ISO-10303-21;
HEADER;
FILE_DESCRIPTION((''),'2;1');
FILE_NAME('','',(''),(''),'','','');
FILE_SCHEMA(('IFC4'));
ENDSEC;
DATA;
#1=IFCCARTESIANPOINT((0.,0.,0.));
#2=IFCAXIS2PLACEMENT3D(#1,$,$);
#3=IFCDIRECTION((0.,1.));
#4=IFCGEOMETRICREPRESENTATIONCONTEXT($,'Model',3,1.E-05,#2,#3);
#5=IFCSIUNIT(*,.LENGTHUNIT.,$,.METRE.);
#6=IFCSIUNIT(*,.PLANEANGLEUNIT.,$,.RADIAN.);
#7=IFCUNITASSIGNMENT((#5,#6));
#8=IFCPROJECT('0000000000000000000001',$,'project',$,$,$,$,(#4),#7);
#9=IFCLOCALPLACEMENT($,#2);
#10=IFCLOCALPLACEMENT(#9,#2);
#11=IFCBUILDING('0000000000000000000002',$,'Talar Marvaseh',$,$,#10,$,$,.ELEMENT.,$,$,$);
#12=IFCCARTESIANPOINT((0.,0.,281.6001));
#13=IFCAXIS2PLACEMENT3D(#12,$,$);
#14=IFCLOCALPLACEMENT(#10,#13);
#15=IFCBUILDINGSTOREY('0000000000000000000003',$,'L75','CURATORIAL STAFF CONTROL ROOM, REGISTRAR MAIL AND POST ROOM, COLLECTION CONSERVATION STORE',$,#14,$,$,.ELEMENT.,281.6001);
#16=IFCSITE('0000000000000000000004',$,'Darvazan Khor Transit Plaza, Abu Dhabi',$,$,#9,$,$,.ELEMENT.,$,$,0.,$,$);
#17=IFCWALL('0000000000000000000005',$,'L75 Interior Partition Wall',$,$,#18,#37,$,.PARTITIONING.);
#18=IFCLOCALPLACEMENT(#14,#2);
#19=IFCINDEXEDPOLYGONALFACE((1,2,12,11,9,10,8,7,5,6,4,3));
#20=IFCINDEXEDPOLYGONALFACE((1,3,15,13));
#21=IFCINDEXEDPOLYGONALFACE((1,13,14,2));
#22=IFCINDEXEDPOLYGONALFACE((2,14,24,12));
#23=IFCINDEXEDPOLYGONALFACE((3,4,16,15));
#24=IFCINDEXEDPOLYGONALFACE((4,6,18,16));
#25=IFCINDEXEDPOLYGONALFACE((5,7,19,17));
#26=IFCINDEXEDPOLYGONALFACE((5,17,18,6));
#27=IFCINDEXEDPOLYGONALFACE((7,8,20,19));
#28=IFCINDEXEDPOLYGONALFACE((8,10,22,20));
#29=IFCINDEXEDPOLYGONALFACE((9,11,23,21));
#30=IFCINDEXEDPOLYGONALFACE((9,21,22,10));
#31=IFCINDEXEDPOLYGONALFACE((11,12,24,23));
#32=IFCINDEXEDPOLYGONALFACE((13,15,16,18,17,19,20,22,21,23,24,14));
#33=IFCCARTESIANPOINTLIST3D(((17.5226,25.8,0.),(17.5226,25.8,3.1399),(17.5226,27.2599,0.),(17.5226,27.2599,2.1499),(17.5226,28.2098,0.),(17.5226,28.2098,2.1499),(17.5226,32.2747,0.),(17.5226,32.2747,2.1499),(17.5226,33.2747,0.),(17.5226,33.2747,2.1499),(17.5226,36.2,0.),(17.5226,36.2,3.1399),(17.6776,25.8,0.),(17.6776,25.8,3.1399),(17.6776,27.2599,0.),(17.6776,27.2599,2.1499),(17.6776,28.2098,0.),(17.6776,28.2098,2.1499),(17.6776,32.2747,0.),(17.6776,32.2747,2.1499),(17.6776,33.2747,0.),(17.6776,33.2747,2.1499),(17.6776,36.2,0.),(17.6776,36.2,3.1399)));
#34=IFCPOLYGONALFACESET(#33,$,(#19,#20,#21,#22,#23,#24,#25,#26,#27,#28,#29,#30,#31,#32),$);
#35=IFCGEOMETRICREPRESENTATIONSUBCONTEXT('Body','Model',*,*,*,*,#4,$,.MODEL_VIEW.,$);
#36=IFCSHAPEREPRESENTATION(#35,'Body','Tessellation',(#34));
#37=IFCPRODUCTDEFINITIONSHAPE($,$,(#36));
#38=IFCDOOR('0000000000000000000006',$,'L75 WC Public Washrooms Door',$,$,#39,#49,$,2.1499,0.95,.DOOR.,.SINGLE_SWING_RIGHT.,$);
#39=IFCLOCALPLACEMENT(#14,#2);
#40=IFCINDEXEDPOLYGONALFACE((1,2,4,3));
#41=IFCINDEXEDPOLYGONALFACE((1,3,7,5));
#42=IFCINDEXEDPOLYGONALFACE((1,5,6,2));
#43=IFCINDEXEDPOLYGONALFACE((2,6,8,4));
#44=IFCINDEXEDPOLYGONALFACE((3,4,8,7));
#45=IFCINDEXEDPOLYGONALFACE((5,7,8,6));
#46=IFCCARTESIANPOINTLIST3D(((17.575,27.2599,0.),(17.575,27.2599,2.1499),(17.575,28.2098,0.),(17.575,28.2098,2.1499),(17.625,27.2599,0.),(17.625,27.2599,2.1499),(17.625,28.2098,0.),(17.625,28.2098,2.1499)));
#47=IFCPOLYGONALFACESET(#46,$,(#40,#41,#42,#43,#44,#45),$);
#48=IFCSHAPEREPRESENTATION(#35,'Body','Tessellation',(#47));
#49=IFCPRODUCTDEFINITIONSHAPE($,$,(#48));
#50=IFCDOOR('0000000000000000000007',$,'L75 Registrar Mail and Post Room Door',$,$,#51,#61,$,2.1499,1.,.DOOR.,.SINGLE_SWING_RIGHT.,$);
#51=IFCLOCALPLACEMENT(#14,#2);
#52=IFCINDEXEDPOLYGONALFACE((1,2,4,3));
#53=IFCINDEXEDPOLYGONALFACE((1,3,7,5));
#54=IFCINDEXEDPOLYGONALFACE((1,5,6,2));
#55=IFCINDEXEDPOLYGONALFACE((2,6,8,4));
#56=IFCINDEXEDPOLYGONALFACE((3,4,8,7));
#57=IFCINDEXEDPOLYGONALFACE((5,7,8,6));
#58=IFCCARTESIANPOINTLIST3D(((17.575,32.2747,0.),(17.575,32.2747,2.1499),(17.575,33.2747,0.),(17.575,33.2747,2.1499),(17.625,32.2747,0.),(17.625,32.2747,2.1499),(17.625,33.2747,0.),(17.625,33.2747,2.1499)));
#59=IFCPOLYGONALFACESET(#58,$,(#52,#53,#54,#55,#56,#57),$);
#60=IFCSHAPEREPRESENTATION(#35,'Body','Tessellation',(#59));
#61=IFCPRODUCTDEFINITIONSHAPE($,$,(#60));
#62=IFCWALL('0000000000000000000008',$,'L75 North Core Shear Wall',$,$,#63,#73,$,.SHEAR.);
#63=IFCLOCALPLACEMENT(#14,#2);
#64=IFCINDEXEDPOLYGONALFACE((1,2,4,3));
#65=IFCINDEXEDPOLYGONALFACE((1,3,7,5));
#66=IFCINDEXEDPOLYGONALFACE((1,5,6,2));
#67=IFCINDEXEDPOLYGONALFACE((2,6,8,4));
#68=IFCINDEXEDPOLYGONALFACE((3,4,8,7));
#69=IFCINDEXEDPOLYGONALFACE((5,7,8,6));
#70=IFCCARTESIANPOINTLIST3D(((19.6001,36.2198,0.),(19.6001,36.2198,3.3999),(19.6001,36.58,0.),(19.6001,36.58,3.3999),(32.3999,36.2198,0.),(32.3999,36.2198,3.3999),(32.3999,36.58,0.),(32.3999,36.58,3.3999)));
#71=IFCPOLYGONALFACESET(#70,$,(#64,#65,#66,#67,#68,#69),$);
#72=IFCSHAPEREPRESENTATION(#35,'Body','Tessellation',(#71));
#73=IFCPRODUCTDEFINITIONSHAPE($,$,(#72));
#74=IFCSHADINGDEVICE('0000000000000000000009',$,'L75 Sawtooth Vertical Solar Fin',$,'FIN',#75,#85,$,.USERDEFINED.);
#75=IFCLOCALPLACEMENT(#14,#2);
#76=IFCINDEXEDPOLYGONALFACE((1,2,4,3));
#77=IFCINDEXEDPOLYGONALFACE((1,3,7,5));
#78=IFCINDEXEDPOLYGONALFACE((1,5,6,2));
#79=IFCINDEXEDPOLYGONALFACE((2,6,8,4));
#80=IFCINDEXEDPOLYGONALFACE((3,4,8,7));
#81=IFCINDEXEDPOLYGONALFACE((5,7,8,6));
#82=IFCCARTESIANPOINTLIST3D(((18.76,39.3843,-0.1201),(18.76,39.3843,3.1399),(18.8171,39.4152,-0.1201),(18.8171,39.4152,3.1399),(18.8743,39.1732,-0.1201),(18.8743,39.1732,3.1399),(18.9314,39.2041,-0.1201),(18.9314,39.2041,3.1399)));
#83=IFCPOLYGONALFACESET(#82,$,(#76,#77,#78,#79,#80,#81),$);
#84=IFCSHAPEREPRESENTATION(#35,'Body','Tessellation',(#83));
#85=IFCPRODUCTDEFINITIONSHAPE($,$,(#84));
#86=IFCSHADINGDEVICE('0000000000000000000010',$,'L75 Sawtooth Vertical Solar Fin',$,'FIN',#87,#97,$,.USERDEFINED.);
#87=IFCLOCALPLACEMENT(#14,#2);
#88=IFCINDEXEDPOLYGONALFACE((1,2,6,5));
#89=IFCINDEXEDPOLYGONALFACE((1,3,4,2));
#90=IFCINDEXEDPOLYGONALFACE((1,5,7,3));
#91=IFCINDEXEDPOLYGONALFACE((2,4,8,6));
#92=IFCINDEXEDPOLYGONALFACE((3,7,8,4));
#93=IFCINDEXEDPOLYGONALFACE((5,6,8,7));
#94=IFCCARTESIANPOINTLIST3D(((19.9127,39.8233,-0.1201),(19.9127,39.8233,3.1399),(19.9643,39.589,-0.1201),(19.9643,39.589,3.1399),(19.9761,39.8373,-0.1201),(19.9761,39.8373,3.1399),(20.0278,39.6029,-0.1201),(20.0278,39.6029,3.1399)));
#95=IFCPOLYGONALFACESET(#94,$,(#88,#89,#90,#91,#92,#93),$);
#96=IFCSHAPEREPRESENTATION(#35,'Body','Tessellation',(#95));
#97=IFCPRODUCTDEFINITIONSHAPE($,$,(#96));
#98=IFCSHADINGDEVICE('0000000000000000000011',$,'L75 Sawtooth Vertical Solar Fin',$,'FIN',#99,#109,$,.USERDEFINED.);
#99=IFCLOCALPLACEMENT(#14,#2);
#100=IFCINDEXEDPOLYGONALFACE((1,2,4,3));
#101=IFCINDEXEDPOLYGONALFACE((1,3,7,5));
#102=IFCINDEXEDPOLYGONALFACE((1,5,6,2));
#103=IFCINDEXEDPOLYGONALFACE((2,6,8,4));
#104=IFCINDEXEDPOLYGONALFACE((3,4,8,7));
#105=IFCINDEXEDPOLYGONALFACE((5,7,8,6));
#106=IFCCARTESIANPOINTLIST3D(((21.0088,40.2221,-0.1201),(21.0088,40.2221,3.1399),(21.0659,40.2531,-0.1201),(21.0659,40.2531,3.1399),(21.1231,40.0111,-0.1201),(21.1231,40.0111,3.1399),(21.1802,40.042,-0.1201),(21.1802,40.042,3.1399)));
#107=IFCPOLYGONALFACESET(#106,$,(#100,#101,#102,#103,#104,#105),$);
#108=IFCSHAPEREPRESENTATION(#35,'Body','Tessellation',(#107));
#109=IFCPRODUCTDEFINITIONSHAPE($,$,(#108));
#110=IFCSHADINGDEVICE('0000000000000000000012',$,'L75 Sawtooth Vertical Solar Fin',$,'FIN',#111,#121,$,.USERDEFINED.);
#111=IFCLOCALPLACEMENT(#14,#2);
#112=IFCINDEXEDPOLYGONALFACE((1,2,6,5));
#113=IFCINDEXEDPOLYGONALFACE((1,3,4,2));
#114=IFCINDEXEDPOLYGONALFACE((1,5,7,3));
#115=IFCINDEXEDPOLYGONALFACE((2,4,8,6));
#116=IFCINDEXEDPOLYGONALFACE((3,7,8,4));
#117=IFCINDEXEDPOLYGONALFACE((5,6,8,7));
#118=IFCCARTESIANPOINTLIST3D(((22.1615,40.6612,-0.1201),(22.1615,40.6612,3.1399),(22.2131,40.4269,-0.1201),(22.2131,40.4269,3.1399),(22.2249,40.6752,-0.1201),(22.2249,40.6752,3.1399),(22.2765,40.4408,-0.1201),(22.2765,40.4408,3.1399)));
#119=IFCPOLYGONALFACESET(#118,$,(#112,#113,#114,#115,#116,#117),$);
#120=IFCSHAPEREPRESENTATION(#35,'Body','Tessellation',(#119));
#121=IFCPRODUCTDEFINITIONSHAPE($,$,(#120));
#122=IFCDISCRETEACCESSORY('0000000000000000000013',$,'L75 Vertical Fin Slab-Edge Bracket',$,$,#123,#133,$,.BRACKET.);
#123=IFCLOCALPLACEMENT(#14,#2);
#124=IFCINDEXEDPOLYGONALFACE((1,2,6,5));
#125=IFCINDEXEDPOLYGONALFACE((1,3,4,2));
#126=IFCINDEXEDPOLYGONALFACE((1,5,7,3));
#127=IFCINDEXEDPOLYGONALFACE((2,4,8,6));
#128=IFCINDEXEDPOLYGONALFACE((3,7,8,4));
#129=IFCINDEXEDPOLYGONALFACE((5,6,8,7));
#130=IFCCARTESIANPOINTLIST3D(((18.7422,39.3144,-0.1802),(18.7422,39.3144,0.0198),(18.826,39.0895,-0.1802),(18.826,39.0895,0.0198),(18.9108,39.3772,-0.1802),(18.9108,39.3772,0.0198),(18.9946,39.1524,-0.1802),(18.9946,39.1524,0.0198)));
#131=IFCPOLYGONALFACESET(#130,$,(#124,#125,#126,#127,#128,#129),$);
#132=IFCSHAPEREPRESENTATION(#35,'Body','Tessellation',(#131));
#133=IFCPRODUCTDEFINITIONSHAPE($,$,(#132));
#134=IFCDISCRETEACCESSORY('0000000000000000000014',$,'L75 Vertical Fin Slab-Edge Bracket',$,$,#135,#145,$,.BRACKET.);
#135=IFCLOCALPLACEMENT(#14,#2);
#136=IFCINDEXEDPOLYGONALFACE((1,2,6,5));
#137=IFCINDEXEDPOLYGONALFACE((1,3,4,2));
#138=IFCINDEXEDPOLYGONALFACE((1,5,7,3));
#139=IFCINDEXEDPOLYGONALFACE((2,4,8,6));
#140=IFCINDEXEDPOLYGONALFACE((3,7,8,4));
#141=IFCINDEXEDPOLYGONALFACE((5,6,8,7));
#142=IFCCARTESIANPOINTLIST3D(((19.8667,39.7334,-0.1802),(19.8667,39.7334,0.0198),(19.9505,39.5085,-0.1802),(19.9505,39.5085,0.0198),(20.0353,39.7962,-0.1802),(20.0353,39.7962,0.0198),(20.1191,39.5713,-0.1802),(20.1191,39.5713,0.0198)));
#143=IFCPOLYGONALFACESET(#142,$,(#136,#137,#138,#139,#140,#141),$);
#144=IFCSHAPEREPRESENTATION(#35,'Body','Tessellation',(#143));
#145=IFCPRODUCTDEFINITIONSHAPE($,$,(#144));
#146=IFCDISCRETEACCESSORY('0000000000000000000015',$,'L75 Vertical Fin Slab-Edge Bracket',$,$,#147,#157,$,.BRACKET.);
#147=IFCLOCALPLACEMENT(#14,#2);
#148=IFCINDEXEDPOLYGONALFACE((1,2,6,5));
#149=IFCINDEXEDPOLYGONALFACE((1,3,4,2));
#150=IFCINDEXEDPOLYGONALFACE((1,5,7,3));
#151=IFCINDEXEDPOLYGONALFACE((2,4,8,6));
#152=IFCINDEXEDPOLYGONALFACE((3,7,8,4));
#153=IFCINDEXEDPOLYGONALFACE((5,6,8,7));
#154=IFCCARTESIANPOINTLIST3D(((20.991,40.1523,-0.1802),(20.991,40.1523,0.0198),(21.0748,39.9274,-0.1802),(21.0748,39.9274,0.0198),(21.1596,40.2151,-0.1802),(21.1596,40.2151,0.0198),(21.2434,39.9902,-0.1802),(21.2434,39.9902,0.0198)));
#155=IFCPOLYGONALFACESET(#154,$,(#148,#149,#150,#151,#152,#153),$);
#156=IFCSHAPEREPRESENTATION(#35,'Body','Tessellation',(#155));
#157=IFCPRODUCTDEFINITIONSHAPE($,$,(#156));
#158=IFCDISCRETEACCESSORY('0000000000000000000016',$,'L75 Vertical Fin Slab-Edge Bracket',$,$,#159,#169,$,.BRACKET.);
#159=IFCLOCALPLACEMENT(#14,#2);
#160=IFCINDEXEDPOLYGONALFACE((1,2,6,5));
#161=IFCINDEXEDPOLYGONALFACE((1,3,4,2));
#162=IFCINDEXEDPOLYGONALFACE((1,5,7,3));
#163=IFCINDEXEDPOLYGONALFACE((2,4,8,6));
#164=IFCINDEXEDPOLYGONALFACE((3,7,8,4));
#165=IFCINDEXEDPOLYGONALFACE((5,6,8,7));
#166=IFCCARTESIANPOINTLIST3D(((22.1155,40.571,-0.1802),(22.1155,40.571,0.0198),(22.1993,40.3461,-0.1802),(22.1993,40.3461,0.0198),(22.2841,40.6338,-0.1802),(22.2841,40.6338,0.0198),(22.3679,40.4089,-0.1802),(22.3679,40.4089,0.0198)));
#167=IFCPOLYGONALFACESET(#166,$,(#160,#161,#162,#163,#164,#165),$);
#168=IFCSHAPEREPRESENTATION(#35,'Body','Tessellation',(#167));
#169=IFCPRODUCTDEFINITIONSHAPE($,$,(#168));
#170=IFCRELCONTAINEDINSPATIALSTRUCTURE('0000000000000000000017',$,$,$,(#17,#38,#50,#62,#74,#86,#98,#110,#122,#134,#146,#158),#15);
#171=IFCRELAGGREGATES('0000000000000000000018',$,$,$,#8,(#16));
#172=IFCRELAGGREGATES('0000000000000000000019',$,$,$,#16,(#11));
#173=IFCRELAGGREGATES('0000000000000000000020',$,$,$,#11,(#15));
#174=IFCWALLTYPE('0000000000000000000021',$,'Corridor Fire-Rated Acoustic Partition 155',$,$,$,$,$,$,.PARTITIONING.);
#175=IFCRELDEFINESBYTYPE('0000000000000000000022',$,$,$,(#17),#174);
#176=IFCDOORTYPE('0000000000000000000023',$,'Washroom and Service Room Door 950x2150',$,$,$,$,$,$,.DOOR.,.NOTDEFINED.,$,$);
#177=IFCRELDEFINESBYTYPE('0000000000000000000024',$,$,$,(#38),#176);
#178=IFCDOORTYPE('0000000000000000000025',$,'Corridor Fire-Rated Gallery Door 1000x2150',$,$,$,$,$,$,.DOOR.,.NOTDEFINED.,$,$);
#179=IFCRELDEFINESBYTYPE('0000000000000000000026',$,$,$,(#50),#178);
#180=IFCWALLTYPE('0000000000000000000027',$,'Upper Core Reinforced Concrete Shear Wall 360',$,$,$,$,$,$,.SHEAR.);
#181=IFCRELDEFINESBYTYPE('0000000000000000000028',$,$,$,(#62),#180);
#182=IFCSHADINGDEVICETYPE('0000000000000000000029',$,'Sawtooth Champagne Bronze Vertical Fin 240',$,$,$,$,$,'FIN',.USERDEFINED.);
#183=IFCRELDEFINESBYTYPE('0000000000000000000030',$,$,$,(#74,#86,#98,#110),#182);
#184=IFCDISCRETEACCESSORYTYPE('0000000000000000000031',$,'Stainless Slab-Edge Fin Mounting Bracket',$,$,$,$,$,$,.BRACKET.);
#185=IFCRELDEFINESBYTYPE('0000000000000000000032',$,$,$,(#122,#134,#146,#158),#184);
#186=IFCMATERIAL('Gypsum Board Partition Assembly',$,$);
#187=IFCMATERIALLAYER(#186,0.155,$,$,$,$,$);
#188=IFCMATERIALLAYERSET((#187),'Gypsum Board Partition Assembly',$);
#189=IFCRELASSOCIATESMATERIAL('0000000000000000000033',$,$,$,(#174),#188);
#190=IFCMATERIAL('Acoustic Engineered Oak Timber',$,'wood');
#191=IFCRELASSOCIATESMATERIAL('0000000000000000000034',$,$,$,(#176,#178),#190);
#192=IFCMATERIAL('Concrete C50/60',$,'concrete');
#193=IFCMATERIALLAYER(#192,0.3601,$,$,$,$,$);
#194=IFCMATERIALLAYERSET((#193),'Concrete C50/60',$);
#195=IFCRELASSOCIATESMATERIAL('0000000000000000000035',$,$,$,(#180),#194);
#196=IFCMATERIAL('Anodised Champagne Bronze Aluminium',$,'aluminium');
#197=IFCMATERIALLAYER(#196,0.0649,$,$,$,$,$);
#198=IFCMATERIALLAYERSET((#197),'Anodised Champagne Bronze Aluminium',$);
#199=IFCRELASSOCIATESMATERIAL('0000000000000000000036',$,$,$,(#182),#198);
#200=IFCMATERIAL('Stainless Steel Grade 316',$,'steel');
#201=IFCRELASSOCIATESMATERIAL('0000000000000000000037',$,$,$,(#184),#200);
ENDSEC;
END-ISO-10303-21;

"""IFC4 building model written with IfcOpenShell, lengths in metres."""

from ifc_helpers import new_model, si_unit, direction, frame, frame_2d, origin, origin_2d, place, context, subcontext, project, spatial, rectangle, extrude, source, transform, mapped, material, layer, layer_set, type_object, type_shapes, element, fill, save


model = new_model("IFC4")

# Units and contexts
model_context = context("Model", 3, precision=1e-05, world=origin(), true_north=direction((0.0, 1.0)))
body_context = subcontext(model_context, "Body", "Model", "MODEL_VIEW")
ifc_project = project(units=[si_unit("LENGTHUNIT", "METRE"), si_unit("PLANEANGLEUNIT", "RADIAN")], contexts=[model_context])

# Site, building, storey
site_placement = place(None, origin())
site = spatial("IfcSite", under=ifc_project, at=site_placement, Name="Darvazan Khor Transit Plaza, Abu Dhabi", CompositionType="ELEMENT", RefElevation=0.0)
building_placement = place(site_placement, origin())
building = spatial("IfcBuilding", under=site, at=building_placement, Name="Talar Marvaseh", CompositionType="ELEMENT")
storey_placement = place(building_placement, frame((0.0, 0.0, 281.6001)))
storey = spatial("IfcBuildingStorey", under=building, at=storey_placement, Name="L75", Description="CURATORIAL STAFF CONTROL ROOM, REGISTRAR MAIL AND POST ROOM, COLLECTION CONSERVATION STORE", CompositionType="ELEMENT", Elevation=281.6001)

# Shared definitions
ifc_material_1 = material(Name="Concrete C50/60", Category="concrete")

# Wall, openings, doors
ifc_material_2 = material(Name="Gypsum Board Partition Assembly")
ifc_layer_1 = layer(ifc_material_2, 0.155)
ifc_layer_set_1 = layer_set([ifc_layer_1], Name="Gypsum Board Partition Assembly")
wall_type_1 = type_object("IfcWallType", Name="Corridor Fire-Rated Acoustic Partition 155", PredefinedType="PARTITIONING", material=ifc_layer_set_1)
wall_1_placement = place(storey_placement, frame((17.6001, 36.2, 0.0), z_axis=(0.0, 0.0, 1.0), x_axis=(0.0, -1.0, 0.0)))
wall_1 = element("IfcWall", 1, at=wall_1_placement, inside=storey, type_object=wall_type_1, Name="L75 Interior Partition Wall", PredefinedType="PARTITIONING", context=body_context, shape_type="SweptSolid", body=[
    extrude(rectangle(XDim=10.3999, YDim=0.155, at=frame_2d((5.2, 0.0))), origin(), (0.0, 0.0, 1.0), 3.1399),
])
opening_1_placement = place(wall_1_placement, frame((7.99, 0.0, 0.0)))
opening_1 = element("IfcOpeningElement", 2, at=opening_1_placement, cuts=wall_1, PredefinedType="OPENING", context=body_context, shape_type="SweptSolid", body=[
    extrude(rectangle(XDim=0.95, YDim=2.1499, at=frame_2d((0.4751, 1.075))), frame((0.0, 0.0874, 0.0), z_axis=(0.0, -1.0, 0.0), x_axis=(1.0, 0.0, 0.0)), (0.0, 0.0, 1.0), 0.175),
])
opening_2_placement = place(wall_1_placement, frame((2.9253, 0.0, 0.0)))
opening_2 = element("IfcOpeningElement", 3, at=opening_2_placement, cuts=wall_1, PredefinedType="OPENING", context=body_context, shape_type="SweptSolid", body=[
    extrude(rectangle(XDim=1.0, YDim=2.1499, at=frame_2d((0.5, 1.075))), frame((0.0, 0.0874, 0.0), z_axis=(0.0, -1.0, 0.0), x_axis=(1.0, 0.0, 0.0)), (0.0, 0.0, 1.0), 0.175),
])
ifc_material_3 = material(Name="Acoustic Engineered Oak Timber", Category="wood")
door_type_1 = type_object("IfcDoorType", Name="Washroom and Service Room Door 950x2150", OperationType="NOTDEFINED", PredefinedType="DOOR", material=ifc_material_3)
shared_shape_1 = source(origin(), body_context, "Body", "SweptSolid", [
    extrude(rectangle(XDim=0.95, YDim=2.1499, at=frame_2d((0.4751, 1.075))), frame((0.0, 0.0249, 0.0), z_axis=(0.0, -1.0, 0.0), x_axis=(1.0, 0.0, 0.0)), (0.0, 0.0, 1.0), 0.05),
])
type_shapes(door_type_1, [shared_shape_1])
door_1_placement = place(opening_1_placement, origin())
door_1 = element("IfcDoor", 4, at=door_1_placement, inside=storey, type_object=door_type_1, Name="L75 WC Public Washrooms Door", OperationType="SINGLE_SWING_RIGHT", OverallHeight=2.1499, OverallWidth=0.95, PredefinedType="DOOR", context=body_context, shape_type="MappedRepresentation", body=[
    mapped(shared_shape_1, transform((0.0, 0.0, 0.0), x_axis=(1.0, 0.0, 0.0), y_axis=(0.0, 1.0, 0.0), z_axis=(0.0, 0.0, 1.0), scale=1.0)),
])
fill(opening_1, door_1)
door_type_2 = type_object("IfcDoorType", Name="Corridor Fire-Rated Gallery Door 1000x2150", OperationType="NOTDEFINED", PredefinedType="DOOR", material=ifc_material_3)
shared_shape_2 = source(origin(), body_context, "Body", "SweptSolid", [
    extrude(rectangle(XDim=1.0, YDim=2.1499, at=frame_2d((0.5, 1.075))), frame((0.0, 0.0249, 0.0), z_axis=(0.0, -1.0, 0.0), x_axis=(1.0, 0.0, 0.0)), (0.0, 0.0, 1.0), 0.05),
])
type_shapes(door_type_2, [shared_shape_2])
door_2_placement = place(opening_2_placement, origin())
door_2 = element("IfcDoor", 5, at=door_2_placement, inside=storey, type_object=door_type_2, Name="L75 Registrar Mail and Post Room Door", OperationType="SINGLE_SWING_RIGHT", OverallHeight=2.1499, OverallWidth=1.0, PredefinedType="DOOR", context=body_context, shape_type="MappedRepresentation", body=[
    mapped(shared_shape_2, transform((0.0, 0.0, 0.0), x_axis=(1.0, 0.0, 0.0), y_axis=(0.0, 1.0, 0.0), z_axis=(0.0, 0.0, 1.0), scale=1.0)),
])
fill(opening_2, door_2)

# Wall
ifc_layer_2 = layer(ifc_material_1, 0.3601)
ifc_layer_set_2 = layer_set([ifc_layer_2], Name="Concrete C50/60")
wall_type_2 = type_object("IfcWallType", Name="Upper Core Reinforced Concrete Shear Wall 360", PredefinedType="SHEAR", material=ifc_layer_set_2)
wall_2_placement = place(storey_placement, frame((19.6001, 36.3999, 0.0), z_axis=(0.0, 0.0, 1.0), x_axis=(1.0, 0.0, 0.0)))
element("IfcWall", 6, at=wall_2_placement, inside=storey, type_object=wall_type_2, Name="L75 North Core Shear Wall", PredefinedType="SHEAR", context=body_context, shape_type="SweptSolid", body=[
    extrude(rectangle(XDim=12.7998, YDim=0.3601, at=frame_2d((6.3999, 0.0))), origin(), (0.0, 0.0, 1.0), 3.3999),
])

# Shading devices
ifc_material_4 = material(Name="Anodised Champagne Bronze Aluminium", Category="aluminium")
ifc_layer_3 = layer(ifc_material_4, 0.0649)
ifc_layer_set_3 = layer_set([ifc_layer_3], Name="Anodised Champagne Bronze Aluminium")
shading_device_type = type_object("IfcShadingDeviceType", Name="Sawtooth Champagne Bronze Vertical Fin 240", ElementType="FIN", PredefinedType="USERDEFINED", material=ifc_layer_set_3)
shared_shape_3 = source(origin(), body_context, "Body", "SweptSolid", [
    extrude(rectangle(XDim=0.24, YDim=0.0649, at=origin_2d()), origin(), (0.0, 0.0, 1.0), 3.26),
])
type_shapes(shading_device_type, [shared_shape_3])
for number, where, z_axis, x_axis, name in (
    (7, (18.8457, 39.2942, -0.1201), (0.0, 0.0, 1.0), (-0.476085, 0.879399, 0.0), "L75 Sawtooth Vertical Solar Fin"),
    (8, (19.9702, 39.7131, -0.1201), (0.0, 0.0, 1.0), (-0.215247, 0.97656, 0.0), "L75 Sawtooth Vertical Solar Fin"),
    (9, (21.0945, 40.1321, -0.1201), (0.0, 0.0, 1.0), (-0.476085, 0.879399, 0.0), "L75 Sawtooth Vertical Solar Fin"),
    (10, (22.219, 40.551, -0.1201), (0.0, 0.0, 1.0), (-0.215247, 0.97656, 0.0), "L75 Sawtooth Vertical Solar Fin"),
):
    element("IfcShadingDevice", number, at=place(storey_placement, frame(where, z_axis=z_axis, x_axis=x_axis)), inside=storey, type_object=shading_device_type, Name=name, ObjectType="FIN", PredefinedType="USERDEFINED", context=body_context, shape_type="MappedRepresentation", body=[
        mapped(shared_shape_3, transform((0.0, 0.0, 0.0), x_axis=(1.0, 0.0, 0.0), y_axis=(0.0, 1.0, 0.0), z_axis=(0.0, 0.0, 1.0), scale=1.0)),
    ])

# Discrete accessories
ifc_material_5 = material(Name="Stainless Steel Grade 316", Category="steel")
discrete_accessory_type = type_object("IfcDiscreteAccessoryType", Name="Stainless Slab-Edge Fin Mounting Bracket", PredefinedType="BRACKET", material=ifc_material_5)
shared_shape_4 = source(origin(), body_context, "Body", "SweptSolid", [
    extrude(rectangle(XDim=0.24, YDim=0.1799, at=origin_2d()), origin(), (0.0, 0.0, 1.0), 0.2),
])
type_shapes(discrete_accessory_type, [shared_shape_4])
for number, where, z_axis, x_axis, name in (
    (11, (18.8684, 39.2334, -0.1802), (0.0, 0.0, 1.0), (-0.349063, 0.937099, 0.0), "L75 Vertical Fin Slab-Edge Bracket"),
    (12, (19.9929, 39.6523, -0.1802), (0.0, 0.0, 1.0), (-0.349063, 0.937099, 0.0), "L75 Vertical Fin Slab-Edge Bracket"),
    (13, (21.1172, 40.0713, -0.1802), (0.0, 0.0, 1.0), (-0.349063, 0.937099, 0.0), "L75 Vertical Fin Slab-Edge Bracket"),
    (14, (22.2417, 40.49, -0.1802), (0.0, 0.0, 1.0), (-0.349063, 0.937099, 0.0), "L75 Vertical Fin Slab-Edge Bracket"),
):
    element("IfcDiscreteAccessory", number, at=place(storey_placement, frame(where, z_axis=z_axis, x_axis=x_axis)), inside=storey, type_object=discrete_accessory_type, Name=name, PredefinedType="BRACKET", context=body_context, shape_type="MappedRepresentation", body=[
        mapped(shared_shape_4, transform((0.0, 0.0, 0.0), x_axis=(1.0, 0.0, 0.0), y_axis=(0.0, 1.0, 0.0), z_axis=(0.0, 0.0, 1.0), scale=1.0)),
    ])

save(model, "model.ifc")
